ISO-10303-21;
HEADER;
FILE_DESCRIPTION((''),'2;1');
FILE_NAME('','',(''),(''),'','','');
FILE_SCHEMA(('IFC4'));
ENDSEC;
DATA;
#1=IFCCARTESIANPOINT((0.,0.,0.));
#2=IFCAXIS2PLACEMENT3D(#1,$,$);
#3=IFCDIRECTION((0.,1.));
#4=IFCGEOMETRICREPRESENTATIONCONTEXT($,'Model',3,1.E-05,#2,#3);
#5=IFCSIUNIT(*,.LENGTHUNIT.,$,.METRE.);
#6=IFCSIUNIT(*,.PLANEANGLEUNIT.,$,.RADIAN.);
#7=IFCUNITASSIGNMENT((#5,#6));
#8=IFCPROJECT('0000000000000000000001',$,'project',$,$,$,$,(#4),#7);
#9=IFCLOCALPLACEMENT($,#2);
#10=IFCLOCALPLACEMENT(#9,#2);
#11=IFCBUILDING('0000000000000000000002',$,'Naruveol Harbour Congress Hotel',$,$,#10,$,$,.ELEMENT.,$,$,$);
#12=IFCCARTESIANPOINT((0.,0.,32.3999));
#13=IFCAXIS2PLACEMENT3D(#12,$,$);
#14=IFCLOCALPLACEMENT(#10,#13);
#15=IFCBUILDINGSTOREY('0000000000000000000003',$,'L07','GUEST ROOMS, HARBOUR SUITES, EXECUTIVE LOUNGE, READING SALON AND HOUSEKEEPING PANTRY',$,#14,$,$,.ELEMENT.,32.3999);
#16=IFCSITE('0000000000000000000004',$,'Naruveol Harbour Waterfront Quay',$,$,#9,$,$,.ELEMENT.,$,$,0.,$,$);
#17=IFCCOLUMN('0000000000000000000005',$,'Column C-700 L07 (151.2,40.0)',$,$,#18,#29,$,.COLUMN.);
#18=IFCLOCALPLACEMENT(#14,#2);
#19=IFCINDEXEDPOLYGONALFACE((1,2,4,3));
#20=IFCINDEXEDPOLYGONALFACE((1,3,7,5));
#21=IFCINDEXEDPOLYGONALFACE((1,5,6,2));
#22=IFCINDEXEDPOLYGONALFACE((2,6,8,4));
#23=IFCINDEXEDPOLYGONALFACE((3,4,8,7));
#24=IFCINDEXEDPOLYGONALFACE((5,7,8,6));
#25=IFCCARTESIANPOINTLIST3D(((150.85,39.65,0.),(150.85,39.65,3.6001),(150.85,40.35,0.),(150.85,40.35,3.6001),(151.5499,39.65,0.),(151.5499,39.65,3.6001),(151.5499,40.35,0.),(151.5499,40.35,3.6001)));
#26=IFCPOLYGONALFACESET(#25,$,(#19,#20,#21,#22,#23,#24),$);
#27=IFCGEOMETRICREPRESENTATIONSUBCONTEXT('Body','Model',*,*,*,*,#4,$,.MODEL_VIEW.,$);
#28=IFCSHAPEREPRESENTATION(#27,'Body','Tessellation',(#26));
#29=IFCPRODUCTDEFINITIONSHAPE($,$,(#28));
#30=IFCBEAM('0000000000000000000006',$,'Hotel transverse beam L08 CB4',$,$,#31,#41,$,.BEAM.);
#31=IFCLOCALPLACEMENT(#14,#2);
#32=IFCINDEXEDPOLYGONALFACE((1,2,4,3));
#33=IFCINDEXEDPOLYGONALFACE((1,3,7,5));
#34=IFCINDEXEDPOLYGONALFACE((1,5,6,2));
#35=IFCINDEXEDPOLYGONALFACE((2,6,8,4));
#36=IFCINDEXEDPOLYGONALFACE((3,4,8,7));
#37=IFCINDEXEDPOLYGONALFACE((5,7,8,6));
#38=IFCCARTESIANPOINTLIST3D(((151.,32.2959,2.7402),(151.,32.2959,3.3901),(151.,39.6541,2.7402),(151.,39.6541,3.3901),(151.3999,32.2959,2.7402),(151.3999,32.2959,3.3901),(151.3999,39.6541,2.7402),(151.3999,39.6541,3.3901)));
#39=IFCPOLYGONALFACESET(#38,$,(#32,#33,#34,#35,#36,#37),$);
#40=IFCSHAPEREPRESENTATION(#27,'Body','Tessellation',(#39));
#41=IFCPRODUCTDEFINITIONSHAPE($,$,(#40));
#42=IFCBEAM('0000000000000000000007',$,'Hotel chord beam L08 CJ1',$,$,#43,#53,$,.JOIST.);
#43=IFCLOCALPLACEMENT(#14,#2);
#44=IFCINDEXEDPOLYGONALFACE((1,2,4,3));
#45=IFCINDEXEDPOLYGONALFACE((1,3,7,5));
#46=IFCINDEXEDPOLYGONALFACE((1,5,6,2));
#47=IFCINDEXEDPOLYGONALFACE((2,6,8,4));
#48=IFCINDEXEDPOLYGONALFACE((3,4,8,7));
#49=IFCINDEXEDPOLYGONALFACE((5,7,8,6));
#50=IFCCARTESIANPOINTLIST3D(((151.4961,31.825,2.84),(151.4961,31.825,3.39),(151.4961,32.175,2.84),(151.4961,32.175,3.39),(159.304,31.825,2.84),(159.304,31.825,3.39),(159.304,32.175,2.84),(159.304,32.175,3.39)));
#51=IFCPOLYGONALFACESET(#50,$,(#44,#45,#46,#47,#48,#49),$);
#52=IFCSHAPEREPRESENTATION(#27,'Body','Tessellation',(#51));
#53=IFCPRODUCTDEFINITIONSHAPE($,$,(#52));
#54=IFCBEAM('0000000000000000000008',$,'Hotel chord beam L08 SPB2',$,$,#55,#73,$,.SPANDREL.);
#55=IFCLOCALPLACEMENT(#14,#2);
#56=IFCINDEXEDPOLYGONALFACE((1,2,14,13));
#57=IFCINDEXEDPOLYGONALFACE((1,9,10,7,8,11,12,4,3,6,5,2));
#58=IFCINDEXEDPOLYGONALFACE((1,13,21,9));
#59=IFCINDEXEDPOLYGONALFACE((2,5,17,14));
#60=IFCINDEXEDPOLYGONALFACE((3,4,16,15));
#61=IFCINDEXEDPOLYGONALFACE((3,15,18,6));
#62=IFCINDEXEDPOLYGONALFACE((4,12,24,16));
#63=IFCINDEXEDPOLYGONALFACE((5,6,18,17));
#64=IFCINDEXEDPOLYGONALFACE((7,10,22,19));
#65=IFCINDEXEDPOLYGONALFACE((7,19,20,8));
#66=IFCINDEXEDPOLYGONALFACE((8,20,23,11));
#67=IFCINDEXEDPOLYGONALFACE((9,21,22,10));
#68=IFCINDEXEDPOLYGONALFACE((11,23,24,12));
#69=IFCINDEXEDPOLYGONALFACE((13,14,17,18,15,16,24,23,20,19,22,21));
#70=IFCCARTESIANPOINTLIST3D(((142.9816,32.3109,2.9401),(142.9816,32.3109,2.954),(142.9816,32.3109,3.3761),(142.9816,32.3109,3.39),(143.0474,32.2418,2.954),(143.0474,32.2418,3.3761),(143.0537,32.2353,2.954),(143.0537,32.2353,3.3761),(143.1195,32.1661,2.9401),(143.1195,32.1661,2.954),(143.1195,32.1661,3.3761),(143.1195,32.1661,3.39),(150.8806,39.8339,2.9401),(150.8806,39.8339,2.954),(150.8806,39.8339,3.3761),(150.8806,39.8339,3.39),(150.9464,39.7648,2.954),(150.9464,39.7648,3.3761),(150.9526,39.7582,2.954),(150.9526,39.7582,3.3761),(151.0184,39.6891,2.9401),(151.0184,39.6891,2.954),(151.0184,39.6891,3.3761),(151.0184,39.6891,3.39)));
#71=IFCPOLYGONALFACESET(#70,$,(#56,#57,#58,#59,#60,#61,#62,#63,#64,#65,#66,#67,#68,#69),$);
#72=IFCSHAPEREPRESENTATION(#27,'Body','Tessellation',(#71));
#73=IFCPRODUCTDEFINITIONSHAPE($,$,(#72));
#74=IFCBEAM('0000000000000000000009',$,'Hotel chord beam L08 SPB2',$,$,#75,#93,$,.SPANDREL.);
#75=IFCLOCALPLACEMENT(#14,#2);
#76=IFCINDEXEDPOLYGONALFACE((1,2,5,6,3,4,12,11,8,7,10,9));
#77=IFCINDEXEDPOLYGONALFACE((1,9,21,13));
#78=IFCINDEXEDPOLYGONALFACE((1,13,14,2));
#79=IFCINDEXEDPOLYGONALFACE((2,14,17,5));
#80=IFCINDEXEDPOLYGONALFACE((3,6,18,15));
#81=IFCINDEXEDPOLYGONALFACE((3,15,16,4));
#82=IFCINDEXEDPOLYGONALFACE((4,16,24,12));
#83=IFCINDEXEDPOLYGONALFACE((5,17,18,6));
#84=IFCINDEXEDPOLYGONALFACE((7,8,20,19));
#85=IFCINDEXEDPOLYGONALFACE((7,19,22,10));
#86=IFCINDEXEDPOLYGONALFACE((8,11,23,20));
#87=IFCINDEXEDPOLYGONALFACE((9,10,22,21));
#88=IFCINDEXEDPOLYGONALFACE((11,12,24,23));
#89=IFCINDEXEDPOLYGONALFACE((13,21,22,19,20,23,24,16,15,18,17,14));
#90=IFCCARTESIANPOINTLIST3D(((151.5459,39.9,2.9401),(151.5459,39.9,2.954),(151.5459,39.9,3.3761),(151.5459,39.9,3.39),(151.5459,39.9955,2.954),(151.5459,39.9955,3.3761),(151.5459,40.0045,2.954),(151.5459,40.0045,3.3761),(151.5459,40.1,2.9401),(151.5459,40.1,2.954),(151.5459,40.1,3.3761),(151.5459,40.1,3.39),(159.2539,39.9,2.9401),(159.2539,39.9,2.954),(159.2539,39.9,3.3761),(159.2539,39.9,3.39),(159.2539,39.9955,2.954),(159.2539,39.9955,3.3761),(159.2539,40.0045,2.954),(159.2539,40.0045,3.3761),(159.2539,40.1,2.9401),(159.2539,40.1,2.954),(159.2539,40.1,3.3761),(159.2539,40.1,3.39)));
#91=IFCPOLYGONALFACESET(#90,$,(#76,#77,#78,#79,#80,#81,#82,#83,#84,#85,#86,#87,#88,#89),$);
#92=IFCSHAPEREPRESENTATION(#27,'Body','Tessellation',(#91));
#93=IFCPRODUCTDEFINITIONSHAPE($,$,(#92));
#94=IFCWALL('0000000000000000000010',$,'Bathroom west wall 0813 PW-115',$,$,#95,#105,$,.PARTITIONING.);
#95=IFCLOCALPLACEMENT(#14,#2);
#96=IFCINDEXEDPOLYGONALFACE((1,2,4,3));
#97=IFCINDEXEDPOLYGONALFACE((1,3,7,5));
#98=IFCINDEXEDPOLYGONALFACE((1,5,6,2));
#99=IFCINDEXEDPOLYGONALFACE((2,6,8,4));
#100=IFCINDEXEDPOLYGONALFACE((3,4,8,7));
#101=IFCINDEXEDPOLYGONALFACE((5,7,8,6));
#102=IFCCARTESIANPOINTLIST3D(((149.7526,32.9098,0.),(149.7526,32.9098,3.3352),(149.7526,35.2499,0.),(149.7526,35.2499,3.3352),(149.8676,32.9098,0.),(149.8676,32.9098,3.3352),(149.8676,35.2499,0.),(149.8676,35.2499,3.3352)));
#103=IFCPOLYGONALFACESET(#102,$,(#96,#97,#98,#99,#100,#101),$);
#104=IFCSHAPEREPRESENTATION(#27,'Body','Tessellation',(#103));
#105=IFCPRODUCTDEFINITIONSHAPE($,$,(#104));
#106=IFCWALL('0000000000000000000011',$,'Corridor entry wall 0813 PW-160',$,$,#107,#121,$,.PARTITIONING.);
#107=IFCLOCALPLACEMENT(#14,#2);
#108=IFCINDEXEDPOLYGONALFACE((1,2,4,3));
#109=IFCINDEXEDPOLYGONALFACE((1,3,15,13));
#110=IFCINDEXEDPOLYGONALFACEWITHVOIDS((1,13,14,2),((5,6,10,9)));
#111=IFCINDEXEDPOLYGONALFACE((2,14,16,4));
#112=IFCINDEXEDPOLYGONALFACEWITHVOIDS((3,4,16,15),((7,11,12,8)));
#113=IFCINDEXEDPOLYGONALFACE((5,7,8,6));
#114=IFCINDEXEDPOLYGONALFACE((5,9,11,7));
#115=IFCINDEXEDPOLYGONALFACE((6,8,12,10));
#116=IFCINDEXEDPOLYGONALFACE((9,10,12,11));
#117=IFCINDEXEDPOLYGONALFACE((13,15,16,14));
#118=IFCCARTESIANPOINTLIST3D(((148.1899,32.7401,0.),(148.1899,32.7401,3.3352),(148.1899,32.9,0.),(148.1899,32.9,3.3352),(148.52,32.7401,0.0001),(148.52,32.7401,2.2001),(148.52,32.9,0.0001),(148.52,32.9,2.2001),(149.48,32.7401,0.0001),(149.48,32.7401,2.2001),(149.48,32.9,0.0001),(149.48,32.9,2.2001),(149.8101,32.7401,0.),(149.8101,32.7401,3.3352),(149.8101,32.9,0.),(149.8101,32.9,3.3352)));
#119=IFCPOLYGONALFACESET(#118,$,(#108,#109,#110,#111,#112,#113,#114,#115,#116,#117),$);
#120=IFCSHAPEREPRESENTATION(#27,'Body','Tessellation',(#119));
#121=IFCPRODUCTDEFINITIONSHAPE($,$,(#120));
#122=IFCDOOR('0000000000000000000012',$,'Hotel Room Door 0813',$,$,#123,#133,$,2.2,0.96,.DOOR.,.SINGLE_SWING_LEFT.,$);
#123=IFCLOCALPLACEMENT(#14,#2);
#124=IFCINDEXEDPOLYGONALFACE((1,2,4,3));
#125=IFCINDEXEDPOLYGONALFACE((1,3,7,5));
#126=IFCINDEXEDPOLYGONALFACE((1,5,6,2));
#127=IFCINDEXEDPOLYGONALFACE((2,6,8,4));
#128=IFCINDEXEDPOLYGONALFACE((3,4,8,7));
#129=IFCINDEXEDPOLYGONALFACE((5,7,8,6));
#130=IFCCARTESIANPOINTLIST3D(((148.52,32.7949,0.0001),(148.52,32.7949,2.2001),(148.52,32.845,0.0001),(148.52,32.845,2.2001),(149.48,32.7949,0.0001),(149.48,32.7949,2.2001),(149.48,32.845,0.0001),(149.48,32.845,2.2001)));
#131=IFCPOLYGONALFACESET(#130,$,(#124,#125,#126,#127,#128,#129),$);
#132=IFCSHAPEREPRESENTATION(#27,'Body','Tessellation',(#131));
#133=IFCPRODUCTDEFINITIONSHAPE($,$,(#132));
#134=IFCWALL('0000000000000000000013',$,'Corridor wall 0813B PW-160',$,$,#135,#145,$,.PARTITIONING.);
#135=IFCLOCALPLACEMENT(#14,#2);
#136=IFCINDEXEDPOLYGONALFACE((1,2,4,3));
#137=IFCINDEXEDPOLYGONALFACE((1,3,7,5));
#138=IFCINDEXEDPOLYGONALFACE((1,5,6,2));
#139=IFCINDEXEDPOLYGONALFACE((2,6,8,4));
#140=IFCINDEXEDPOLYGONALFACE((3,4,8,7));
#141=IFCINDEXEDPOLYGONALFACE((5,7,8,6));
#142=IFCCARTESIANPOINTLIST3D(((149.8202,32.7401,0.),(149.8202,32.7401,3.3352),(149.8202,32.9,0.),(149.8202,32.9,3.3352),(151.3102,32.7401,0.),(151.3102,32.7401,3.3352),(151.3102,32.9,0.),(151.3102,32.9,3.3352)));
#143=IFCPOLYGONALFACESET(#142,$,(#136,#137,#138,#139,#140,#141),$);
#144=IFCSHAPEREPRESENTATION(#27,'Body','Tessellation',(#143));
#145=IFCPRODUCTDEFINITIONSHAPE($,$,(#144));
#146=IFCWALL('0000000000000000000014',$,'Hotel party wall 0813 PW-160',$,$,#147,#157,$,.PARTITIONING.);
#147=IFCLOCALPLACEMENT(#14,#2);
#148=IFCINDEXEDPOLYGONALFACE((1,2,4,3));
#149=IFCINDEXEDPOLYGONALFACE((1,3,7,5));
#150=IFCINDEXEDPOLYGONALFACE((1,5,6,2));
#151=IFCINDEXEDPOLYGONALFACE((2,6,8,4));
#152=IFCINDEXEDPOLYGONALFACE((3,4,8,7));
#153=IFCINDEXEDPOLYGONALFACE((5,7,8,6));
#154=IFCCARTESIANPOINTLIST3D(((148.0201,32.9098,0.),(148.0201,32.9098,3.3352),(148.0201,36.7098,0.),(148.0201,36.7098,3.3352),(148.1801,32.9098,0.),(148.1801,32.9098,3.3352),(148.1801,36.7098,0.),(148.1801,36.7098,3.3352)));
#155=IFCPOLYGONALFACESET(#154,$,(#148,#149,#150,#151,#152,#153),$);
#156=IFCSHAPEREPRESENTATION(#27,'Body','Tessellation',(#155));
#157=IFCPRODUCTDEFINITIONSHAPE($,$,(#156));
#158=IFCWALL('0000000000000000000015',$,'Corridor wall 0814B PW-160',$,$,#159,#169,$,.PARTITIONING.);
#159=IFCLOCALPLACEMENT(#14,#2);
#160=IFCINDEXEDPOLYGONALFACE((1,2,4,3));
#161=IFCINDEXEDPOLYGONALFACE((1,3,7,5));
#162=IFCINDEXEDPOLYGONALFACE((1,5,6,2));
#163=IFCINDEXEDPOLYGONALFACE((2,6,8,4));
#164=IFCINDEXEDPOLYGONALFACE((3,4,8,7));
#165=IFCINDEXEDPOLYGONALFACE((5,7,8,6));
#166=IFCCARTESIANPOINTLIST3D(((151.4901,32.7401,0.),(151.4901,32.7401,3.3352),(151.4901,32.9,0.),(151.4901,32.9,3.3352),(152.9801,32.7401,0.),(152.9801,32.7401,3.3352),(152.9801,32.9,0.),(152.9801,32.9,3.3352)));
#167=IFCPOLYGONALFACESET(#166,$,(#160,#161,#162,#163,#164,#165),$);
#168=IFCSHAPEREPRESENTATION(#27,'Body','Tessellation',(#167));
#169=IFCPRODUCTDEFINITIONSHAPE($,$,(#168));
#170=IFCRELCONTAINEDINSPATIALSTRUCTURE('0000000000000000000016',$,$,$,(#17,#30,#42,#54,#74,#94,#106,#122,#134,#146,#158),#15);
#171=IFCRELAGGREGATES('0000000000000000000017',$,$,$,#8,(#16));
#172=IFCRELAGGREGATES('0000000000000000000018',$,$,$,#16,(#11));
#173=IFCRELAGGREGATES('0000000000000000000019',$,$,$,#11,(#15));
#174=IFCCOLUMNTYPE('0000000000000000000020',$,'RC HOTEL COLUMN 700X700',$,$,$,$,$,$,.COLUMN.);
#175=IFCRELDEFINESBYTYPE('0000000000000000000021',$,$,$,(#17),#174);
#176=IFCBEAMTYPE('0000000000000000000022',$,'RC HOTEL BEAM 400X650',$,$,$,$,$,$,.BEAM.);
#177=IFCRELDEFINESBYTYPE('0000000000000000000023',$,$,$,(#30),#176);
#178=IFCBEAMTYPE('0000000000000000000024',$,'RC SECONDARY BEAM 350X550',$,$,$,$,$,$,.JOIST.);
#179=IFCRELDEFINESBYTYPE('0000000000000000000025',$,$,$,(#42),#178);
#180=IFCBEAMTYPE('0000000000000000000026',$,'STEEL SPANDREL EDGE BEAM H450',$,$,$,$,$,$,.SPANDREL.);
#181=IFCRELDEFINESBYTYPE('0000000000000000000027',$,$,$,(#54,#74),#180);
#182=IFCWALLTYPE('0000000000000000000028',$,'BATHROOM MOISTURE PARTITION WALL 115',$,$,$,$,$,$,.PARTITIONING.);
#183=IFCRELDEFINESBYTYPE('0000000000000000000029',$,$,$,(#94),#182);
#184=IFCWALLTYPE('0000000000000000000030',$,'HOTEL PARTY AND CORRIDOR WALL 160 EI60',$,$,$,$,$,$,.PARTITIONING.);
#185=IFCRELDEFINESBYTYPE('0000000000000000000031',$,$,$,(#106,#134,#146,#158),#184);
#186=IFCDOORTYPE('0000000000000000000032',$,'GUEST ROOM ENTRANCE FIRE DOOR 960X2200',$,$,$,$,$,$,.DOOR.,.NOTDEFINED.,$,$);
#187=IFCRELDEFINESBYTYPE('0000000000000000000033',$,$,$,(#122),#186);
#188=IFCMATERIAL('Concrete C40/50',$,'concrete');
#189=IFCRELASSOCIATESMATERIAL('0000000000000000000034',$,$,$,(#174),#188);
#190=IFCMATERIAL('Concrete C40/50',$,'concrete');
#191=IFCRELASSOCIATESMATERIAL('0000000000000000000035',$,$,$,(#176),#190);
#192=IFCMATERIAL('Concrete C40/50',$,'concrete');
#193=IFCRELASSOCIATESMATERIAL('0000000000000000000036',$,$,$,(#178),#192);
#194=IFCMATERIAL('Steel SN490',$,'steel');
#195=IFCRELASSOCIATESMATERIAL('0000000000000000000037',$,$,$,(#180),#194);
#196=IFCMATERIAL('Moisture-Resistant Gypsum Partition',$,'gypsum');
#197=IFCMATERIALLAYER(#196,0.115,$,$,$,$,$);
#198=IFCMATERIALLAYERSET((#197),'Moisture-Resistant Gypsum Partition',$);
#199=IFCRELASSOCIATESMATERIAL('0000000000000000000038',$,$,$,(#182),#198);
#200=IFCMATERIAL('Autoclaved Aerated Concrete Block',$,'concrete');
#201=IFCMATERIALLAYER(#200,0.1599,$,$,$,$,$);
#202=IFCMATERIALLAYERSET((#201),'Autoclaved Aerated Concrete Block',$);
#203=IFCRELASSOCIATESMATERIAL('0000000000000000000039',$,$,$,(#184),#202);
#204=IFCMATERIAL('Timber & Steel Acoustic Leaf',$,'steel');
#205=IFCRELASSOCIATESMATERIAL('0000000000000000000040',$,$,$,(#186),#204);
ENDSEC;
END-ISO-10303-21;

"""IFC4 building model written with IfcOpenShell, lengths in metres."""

from ifc_helpers import new_model, si_unit, direction, frame, frame_2d, origin, origin_2d, place, context, subcontext, project, spatial, rectangle, i_section, extrude, material, layer, layer_set, material_profile, profile_set, type_object, element, fill, save


model = new_model("IFC4")

# Units and contexts
model_context = context("Model", 3, precision=1e-05, world=origin(), true_north=direction((0.0, 1.0)))
body_context = subcontext(model_context, "Body", "Model", "MODEL_VIEW")
ifc_project = project(units=[si_unit("LENGTHUNIT", "METRE"), si_unit("PLANEANGLEUNIT", "RADIAN")], contexts=[model_context])

# Site, building, storey
site_placement = place(None, origin())
site = spatial("IfcSite", under=ifc_project, at=site_placement, Name="Naruveol Harbour Waterfront Quay", CompositionType="ELEMENT", RefElevation=0.0)
building_placement = place(site_placement, origin())
building = spatial("IfcBuilding", under=site, at=building_placement, Name="Naruveol Harbour Congress Hotel", CompositionType="ELEMENT")
storey_placement = place(building_placement, frame((0.0, 0.0, 32.3999)))
storey = spatial("IfcBuildingStorey", under=building, at=storey_placement, Name="L07", Description="GUEST ROOMS, HARBOUR SUITES, EXECUTIVE LOUNGE, READING SALON AND HOUSEKEEPING PANTRY", CompositionType="ELEMENT", Elevation=32.3999)

# Column
ifc_material_1 = material(Name="Concrete C40/50", Category="concrete")
ifc_material_profile_1 = material_profile(ifc_material_1, rectangle(XDim=0.7, YDim=0.7, at=origin_2d()), Name="RC-700x700")
ifc_profile_set_1 = profile_set([ifc_material_profile_1], Name="Concrete C40/50")
column_type = type_object("IfcColumnType", Name="RC HOTEL COLUMN 700X700", PredefinedType="COLUMN", material=ifc_profile_set_1)
column_placement = place(storey_placement, frame((151.2, 40.0, 0.0), z_axis=(0.0, 0.0, 1.0), x_axis=(1.0, 0.0, 0.0)))
element("IfcColumn", 1, at=column_placement, inside=storey, type_object=column_type, Name="Column C-700 L07 (151.2,40.0)", PredefinedType="COLUMN", context=body_context, shape_type="SweptSolid", body=[
    extrude(rectangle(XDim=0.7, YDim=0.7, at=origin_2d()), origin(), (0.0, 0.0, 1.0), 3.6001),
])

# Beams
ifc_material_2 = material(Name="Concrete C40/50", Category="concrete")
ifc_material_profile_2 = material_profile(ifc_material_2, rectangle(XDim=0.3999, YDim=0.6499, at=origin_2d()), Name="RCB-400x650")
ifc_profile_set_2 = profile_set([ifc_material_profile_2], Name="Concrete C40/50")
beam_type_1 = type_object("IfcBeamType", Name="RC HOTEL BEAM 400X650", PredefinedType="BEAM", material=ifc_profile_set_2)
beam_1_placement = place(storey_placement, frame((151.2, 32.2959, 3.0652), z_axis=(0.0, 1.0, 0.0), x_axis=(-1.0, 0.0, 0.0)))
element("IfcBeam", 2, at=beam_1_placement, inside=storey, type_object=beam_type_1, Name="Hotel transverse beam L08 CB4", PredefinedType="BEAM", context=body_context, shape_type="SweptSolid", body=[
    extrude(rectangle(XDim=0.3999, YDim=0.6499, at=origin_2d()), origin(), (0.0, 0.0, 1.0), 7.3582),
])
ifc_material_3 = material(Name="Concrete C40/50", Category="concrete")
ifc_material_profile_3 = material_profile(ifc_material_3, rectangle(XDim=0.3501, YDim=0.55, at=origin_2d()), Name="RCB-350x550")
ifc_profile_set_3 = profile_set([ifc_material_profile_3], Name="Concrete C40/50")
beam_type_2 = type_object("IfcBeamType", Name="RC SECONDARY BEAM 350X550", PredefinedType="JOIST", material=ifc_profile_set_3)
beam_2_placement = place(storey_placement, frame((151.4961, 32.0, 3.115), z_axis=(1.0, 0.0, 0.0), x_axis=(0.0, 1.0, 0.0)))
element("IfcBeam", 3, at=beam_2_placement, inside=storey, type_object=beam_type_2, Name="Hotel chord beam L08 CJ1", PredefinedType="JOIST", context=body_context, shape_type="SweptSolid", body=[
    extrude(rectangle(XDim=0.3501, YDim=0.55, at=origin_2d()), origin(), (0.0, 0.0, 1.0), 7.8079),
])
ifc_material_4 = material(Name="Steel SN490", Category="steel")
ifc_material_profile_4 = material_profile(ifc_material_4, i_section(OverallWidth=0.2, OverallDepth=0.45, WebThickness=0.009, FlangeThickness=0.0139, at=origin_2d()), Name="H-450x200x9x14")
ifc_profile_set_4 = profile_set([ifc_material_profile_4], Name="Steel SN490")
beam_type_3 = type_object("IfcBeamType", Name="STEEL SPANDREL EDGE BEAM H450", PredefinedType="SPANDREL", material=ifc_profile_set_4)
beam_3_placement = place(storey_placement, frame((143.0505, 32.2385, 3.165), z_axis=(0.72413, 0.689663, 0.0), x_axis=(-0.689663, 0.72413, 0.0)))
element("IfcBeam", 4, at=beam_3_placement, inside=storey, type_object=beam_type_3, Name="Hotel chord beam L08 SPB2", PredefinedType="SPANDREL", context=body_context, shape_type="SweptSolid", body=[
    extrude(i_section(OverallWidth=0.2, OverallDepth=0.45, WebThickness=0.009, FlangeThickness=0.0139, at=origin_2d()), origin(), (0.0, 0.0, 1.0), 10.9082),
])
beam_4_placement = place(storey_placement, frame((151.5459, 40.0, 3.165), z_axis=(1.0, 0.0, 0.0), x_axis=(0.0, 1.0, 0.0)))
element("IfcBeam", 5, at=beam_4_placement, inside=storey, type_object=beam_type_3, Name="Hotel chord beam L08 SPB2", PredefinedType="SPANDREL", context=body_context, shape_type="SweptSolid", body=[
    extrude(i_section(OverallWidth=0.2, OverallDepth=0.45, WebThickness=0.009, FlangeThickness=0.0139, at=origin_2d()), origin(), (0.0, 0.0, 1.0), 7.708),
])

# Wall
ifc_material_5 = material(Name="Moisture-Resistant Gypsum Partition", Category="gypsum")
ifc_layer_1 = layer(ifc_material_5, 0.115)
ifc_layer_set_1 = layer_set([ifc_layer_1], Name="Moisture-Resistant Gypsum Partition")
wall_type_1 = type_object("IfcWallType", Name="BATHROOM MOISTURE PARTITION WALL 115", PredefinedType="PARTITIONING", material=ifc_layer_set_1)
wall_1_placement = place(storey_placement, frame((149.8101, 32.9099, 0.0), z_axis=(0.0, 0.0, 1.0), x_axis=(0.0, 1.0, 0.0)))
element("IfcWall", 6, at=wall_1_placement, inside=storey, type_object=wall_type_1, Name="Bathroom west wall 0813 PW-115", PredefinedType="PARTITIONING", context=body_context, shape_type="SweptSolid", body=[
    extrude(rectangle(XDim=2.3401, YDim=0.115, at=frame_2d((1.1699, 0.0))), origin(), (0.0, 0.0, 1.0), 3.3352),
])

# Wall, opening, door
ifc_material_6 = material(Name="Autoclaved Aerated Concrete Block", Category="concrete")
ifc_layer_2 = layer(ifc_material_6, 0.1599)
ifc_layer_set_2 = layer_set([ifc_layer_2], Name="Autoclaved Aerated Concrete Block")
wall_type_2 = type_object("IfcWallType", Name="HOTEL PARTY AND CORRIDOR WALL 160 EI60", PredefinedType="PARTITIONING", material=ifc_layer_set_2)
wall_2_placement = place(storey_placement, frame((148.1899, 32.8201, 0.0), z_axis=(0.0, 0.0, 1.0), x_axis=(1.0, 0.0, 0.0)))
wall_2 = element("IfcWall", 7, at=wall_2_placement, inside=storey, type_object=wall_type_2, Name="Corridor entry wall 0813 PW-160", PredefinedType="PARTITIONING", context=body_context, shape_type="SweptSolid", body=[
    extrude(rectangle(XDim=1.6201, YDim=0.1599, at=frame_2d((0.8101, 0.0))), origin(), (0.0, 0.0, 1.0), 3.3352),
])
opening_1_placement = place(wall_2_placement, frame((0.3301, 0.0, 0.0)))
opening_1 = element("IfcOpeningElement", 8, at=opening_1_placement, cuts=wall_2, PredefinedType="OPENING", context=body_context, shape_type="SweptSolid", body=[
    extrude(rectangle(XDim=0.96, YDim=2.2, at=frame_2d((0.48, 1.1001))), frame((0.0, 0.0898, 0.0), z_axis=(0.0, -1.0, 0.0), x_axis=(1.0, 0.0, 0.0)), (0.0, 0.0, 1.0), 0.1799),
])
ifc_material_7 = material(Name="Timber & Steel Acoustic Leaf", Category="steel")
door_type_1 = type_object("IfcDoorType", Name="GUEST ROOM ENTRANCE FIRE DOOR 960X2200", OperationType="NOTDEFINED", PredefinedType="DOOR", material=ifc_material_7)
door_1_placement = place(opening_1_placement, origin())
door_1 = element("IfcDoor", 9, at=door_1_placement, inside=storey, type_object=door_type_1, Name="Hotel Room Door 0813", OperationType="SINGLE_SWING_LEFT", OverallHeight=2.2, OverallWidth=0.96, PredefinedType="DOOR", context=body_context, shape_type="SweptSolid", body=[
    extrude(rectangle(XDim=0.96, YDim=2.2, at=frame_2d((0.48, 1.1001))), frame((0.0, 0.0249, 0.0), z_axis=(0.0, -1.0, 0.0), x_axis=(1.0, 0.0, 0.0)), (0.0, 0.0, 1.0), 0.05),
])
fill(opening_1, door_1)

# Walls
wall_3_placement = place(storey_placement, frame((149.8201, 32.8201, 0.0), z_axis=(0.0, 0.0, 1.0), x_axis=(1.0, 0.0, 0.0)))
element("IfcWall", 10, at=wall_3_placement, inside=storey, type_object=wall_type_2, Name="Corridor wall 0813B PW-160", PredefinedType="PARTITIONING", context=body_context, shape_type="SweptSolid", body=[
    extrude(rectangle(XDim=1.49, YDim=0.1599, at=frame_2d((0.7451, 0.0))), origin(), (0.0, 0.0, 1.0), 3.3352),
])
wall_4_placement = place(storey_placement, frame((148.1001, 32.9099, 0.0), z_axis=(0.0, 0.0, 1.0), x_axis=(0.0, 1.0, 0.0)))
element("IfcWall", 11, at=wall_4_placement, inside=storey, type_object=wall_type_2, Name="Hotel party wall 0813 PW-160", PredefinedType="PARTITIONING", context=body_context, shape_type="SweptSolid", body=[
    extrude(rectangle(XDim=3.8, YDim=0.1599, at=frame_2d((1.8999, 0.0))), origin(), (0.0, 0.0, 1.0), 3.3352),
])
wall_5_placement = place(storey_placement, frame((151.49, 32.8201, 0.0), z_axis=(0.0, 0.0, 1.0), x_axis=(1.0, 0.0, 0.0)))
element("IfcWall", 12, at=wall_5_placement, inside=storey, type_object=wall_type_2, Name="Corridor wall 0814B PW-160", PredefinedType="PARTITIONING", context=body_context, shape_type="SweptSolid", body=[
    extrude(rectangle(XDim=1.49, YDim=0.1599, at=frame_2d((0.7451, 0.0))), origin(), (0.0, 0.0, 1.0), 3.3352),
])

save(model, "model.ifc")
